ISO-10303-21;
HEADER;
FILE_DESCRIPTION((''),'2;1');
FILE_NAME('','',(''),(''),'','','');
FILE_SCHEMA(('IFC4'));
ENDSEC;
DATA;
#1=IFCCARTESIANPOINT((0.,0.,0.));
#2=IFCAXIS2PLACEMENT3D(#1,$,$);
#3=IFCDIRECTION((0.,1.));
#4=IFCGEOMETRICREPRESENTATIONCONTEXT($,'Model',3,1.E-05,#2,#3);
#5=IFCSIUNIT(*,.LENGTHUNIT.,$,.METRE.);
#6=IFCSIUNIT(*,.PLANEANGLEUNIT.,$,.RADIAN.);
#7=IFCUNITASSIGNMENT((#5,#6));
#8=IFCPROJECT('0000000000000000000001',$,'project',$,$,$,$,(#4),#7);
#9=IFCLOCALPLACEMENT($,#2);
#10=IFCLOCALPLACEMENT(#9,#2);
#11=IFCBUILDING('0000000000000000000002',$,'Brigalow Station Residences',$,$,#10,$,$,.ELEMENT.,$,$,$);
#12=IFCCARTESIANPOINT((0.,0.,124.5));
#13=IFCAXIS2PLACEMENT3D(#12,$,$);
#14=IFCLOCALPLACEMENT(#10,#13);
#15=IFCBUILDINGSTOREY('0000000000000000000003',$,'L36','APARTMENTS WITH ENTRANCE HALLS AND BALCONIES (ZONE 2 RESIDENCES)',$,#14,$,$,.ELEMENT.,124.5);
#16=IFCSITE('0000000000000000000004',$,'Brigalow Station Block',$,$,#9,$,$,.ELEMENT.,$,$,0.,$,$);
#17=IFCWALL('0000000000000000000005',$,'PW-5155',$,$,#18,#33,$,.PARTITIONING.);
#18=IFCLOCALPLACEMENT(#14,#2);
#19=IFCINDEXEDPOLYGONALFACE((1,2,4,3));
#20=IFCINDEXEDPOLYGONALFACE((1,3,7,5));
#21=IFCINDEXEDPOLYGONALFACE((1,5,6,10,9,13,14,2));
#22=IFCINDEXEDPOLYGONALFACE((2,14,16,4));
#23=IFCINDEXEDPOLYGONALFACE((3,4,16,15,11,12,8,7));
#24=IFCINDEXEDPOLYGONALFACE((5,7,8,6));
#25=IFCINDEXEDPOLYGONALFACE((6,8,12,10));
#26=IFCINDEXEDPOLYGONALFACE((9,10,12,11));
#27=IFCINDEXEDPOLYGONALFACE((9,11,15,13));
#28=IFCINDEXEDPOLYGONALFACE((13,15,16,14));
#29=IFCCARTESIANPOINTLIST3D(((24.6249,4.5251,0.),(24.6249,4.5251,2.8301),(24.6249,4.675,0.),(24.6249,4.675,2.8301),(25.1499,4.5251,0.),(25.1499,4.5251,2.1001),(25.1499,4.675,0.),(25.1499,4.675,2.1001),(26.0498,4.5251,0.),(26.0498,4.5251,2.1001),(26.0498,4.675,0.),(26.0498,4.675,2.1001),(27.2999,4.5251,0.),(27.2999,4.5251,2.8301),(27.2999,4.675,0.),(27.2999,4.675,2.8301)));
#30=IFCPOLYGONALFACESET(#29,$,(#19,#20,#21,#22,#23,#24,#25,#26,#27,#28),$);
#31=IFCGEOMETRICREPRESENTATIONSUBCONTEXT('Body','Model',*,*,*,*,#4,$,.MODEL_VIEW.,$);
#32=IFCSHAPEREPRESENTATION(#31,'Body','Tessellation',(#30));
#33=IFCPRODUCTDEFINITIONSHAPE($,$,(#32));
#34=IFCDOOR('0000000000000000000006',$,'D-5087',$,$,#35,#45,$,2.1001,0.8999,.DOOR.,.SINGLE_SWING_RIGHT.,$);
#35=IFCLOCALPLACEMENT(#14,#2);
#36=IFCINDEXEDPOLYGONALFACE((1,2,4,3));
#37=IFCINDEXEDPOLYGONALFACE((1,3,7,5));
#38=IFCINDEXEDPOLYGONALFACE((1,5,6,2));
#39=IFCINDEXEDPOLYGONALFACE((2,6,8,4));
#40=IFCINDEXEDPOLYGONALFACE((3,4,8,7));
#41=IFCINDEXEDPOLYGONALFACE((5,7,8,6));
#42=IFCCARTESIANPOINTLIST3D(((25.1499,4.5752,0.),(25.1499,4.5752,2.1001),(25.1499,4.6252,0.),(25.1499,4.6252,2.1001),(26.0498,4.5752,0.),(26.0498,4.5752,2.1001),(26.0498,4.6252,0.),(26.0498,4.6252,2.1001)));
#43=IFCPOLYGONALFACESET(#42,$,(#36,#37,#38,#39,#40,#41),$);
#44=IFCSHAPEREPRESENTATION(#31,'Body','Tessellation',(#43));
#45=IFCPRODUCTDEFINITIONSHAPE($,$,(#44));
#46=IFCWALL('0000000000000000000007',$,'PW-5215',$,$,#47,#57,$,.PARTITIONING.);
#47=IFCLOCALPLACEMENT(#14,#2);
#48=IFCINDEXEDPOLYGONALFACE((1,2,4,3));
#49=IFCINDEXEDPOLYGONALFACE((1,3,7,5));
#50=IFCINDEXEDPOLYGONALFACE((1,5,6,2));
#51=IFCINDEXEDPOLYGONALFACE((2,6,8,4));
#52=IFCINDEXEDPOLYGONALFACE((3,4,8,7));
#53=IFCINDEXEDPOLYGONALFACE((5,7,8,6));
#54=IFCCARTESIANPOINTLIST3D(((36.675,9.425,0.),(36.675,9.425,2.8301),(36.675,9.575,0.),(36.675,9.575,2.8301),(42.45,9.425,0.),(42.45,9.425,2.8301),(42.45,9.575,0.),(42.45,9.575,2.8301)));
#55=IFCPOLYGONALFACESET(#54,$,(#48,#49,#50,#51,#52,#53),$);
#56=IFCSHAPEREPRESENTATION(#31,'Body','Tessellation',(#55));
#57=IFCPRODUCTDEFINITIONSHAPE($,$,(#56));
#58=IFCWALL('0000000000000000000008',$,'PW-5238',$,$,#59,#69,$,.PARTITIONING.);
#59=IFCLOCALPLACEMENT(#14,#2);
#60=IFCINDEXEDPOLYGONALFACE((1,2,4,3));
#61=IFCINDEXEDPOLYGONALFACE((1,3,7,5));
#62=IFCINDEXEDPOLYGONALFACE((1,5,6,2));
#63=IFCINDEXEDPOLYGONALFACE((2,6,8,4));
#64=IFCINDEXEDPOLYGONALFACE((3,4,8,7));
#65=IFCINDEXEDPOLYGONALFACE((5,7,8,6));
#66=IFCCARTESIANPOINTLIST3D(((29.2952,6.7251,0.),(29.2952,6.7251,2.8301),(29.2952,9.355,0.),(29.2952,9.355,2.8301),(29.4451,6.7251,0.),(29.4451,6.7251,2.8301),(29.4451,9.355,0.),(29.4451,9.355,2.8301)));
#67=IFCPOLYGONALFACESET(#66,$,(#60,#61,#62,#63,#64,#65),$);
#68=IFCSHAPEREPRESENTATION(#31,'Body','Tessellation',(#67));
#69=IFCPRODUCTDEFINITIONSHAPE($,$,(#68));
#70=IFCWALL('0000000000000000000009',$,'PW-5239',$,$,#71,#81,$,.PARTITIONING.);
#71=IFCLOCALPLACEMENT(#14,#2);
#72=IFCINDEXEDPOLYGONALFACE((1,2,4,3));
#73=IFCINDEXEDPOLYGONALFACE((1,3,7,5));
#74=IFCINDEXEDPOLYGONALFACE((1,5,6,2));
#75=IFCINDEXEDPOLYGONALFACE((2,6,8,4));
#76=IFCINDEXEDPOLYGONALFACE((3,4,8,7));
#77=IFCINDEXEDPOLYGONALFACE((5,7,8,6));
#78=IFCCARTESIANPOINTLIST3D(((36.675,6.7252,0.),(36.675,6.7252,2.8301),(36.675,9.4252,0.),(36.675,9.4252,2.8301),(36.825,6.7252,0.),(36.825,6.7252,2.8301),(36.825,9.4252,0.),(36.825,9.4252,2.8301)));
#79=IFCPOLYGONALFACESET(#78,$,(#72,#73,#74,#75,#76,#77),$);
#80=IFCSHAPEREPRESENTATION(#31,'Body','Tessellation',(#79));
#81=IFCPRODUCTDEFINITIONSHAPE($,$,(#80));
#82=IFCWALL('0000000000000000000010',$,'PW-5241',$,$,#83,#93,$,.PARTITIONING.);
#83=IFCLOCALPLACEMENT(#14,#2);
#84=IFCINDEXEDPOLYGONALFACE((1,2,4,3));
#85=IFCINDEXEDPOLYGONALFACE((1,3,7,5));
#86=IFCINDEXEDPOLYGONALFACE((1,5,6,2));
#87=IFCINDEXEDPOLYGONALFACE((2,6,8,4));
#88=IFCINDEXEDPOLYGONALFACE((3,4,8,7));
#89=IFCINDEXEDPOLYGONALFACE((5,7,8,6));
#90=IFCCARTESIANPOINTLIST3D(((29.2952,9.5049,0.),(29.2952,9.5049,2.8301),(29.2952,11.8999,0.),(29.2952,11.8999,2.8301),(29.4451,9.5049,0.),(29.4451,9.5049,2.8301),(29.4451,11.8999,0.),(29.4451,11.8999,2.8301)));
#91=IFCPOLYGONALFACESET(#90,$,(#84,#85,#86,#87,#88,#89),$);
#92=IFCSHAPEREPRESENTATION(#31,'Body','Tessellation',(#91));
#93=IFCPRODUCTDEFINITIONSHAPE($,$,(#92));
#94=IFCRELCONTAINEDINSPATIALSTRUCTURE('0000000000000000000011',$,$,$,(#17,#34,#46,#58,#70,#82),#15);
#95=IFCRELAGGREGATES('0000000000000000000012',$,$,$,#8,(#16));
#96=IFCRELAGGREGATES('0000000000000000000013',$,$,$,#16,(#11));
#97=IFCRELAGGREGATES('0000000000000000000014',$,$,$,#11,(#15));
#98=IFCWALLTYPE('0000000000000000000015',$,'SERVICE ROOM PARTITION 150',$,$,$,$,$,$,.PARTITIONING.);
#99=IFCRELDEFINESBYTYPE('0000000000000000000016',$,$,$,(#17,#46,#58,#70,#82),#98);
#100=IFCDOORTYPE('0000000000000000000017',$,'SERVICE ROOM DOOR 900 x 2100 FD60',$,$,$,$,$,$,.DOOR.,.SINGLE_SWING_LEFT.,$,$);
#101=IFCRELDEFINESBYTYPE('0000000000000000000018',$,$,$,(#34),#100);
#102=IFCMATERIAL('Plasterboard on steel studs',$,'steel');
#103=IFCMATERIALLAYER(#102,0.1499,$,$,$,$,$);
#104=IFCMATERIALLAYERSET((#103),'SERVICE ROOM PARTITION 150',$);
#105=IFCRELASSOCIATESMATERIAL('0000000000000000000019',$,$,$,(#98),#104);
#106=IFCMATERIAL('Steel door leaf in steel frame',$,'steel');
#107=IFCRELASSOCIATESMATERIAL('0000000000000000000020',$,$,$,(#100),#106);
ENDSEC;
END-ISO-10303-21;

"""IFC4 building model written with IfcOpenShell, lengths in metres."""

from ifc_helpers import new_model, si_unit, direction, frame, frame_2d, origin, place, context, subcontext, project, spatial, rectangle, extrude, material, layer, layer_set, type_object, element, fill, save


model = new_model("IFC4")

# Units and contexts
model_context = context("Model", 3, precision=1e-05, world=origin(), true_north=direction((0.0, 1.0)))
body_context = subcontext(model_context, "Body", "Model", "MODEL_VIEW")
ifc_project = project(units=[si_unit("LENGTHUNIT", "METRE"), si_unit("PLANEANGLEUNIT", "RADIAN")], contexts=[model_context])

# Site, building, storey
site_placement = place(None, origin())
site = spatial("IfcSite", under=ifc_project, at=site_placement, Name="Brigalow Station Block", CompositionType="ELEMENT", RefElevation=0.0)
building_placement = place(site_placement, origin())
building = spatial("IfcBuilding", under=site, at=building_placement, Name="Brigalow Station Residences", CompositionType="ELEMENT")
storey_placement = place(building_placement, frame((0.0, 0.0, 124.5)))
storey = spatial("IfcBuildingStorey", under=building, at=storey_placement, Name="L36", Description="APARTMENTS WITH ENTRANCE HALLS AND BALCONIES (ZONE 2 RESIDENCES)", CompositionType="ELEMENT", Elevation=124.5)

# Wall, opening, door
ifc_material_1 = material(Name="Plasterboard on steel studs", Category="steel")
ifc_layer_1 = layer(ifc_material_1, 0.1499)
ifc_layer_set_1 = layer_set([ifc_layer_1], Name="SERVICE ROOM PARTITION 150")
wall_type_1 = type_object("IfcWallType", Name="SERVICE ROOM PARTITION 150", PredefinedType="PARTITIONING", material=ifc_layer_set_1)
wall_1_placement = place(storey_placement, frame((24.625, 4.6001, 0.0), z_axis=(0.0, 0.0, 1.0), x_axis=(1.0, 0.0, 0.0)))
wall_1 = element("IfcWall", 1, at=wall_1_placement, inside=storey, type_object=wall_type_1, Name="PW-5155", PredefinedType="PARTITIONING", context=body_context, shape_type="SweptSolid", body=[
    extrude(rectangle(XDim=2.675, YDim=0.1499, at=frame_2d((1.3374, 0.0))), origin(), (0.0, 0.0, 1.0), 2.8301),
])
opening_1_placement = place(wall_1_placement, frame((0.5249, 0.0, 0.0)))
opening_1 = element("IfcOpeningElement", 2, at=opening_1_placement, cuts=wall_1, PredefinedType="OPENING", context=body_context, shape_type="SweptSolid", body=[
    extrude(rectangle(XDim=0.8999, YDim=2.1001, at=frame_2d((0.45, 1.05))), frame((0.0, 0.085, 0.0), z_axis=(0.0, -1.0, 0.0), x_axis=(1.0, 0.0, 0.0)), (0.0, 0.0, 1.0), 0.1699),
])
ifc_material_2 = material(Name="Steel door leaf in steel frame", Category="steel")
door_type_1 = type_object("IfcDoorType", Name="SERVICE ROOM DOOR 900 x 2100 FD60", OperationType="SINGLE_SWING_LEFT", PredefinedType="DOOR", material=ifc_material_2)
door_1_placement = place(opening_1_placement, frame((0.8999, 0.0, 0.0), z_axis=(0.0, 0.0, 1.0), x_axis=(-1.0, 0.0, 0.0)))
door_1 = element("IfcDoor", 3, at=door_1_placement, inside=storey, type_object=door_type_1, Name="D-5087", OperationType="SINGLE_SWING_RIGHT", OverallHeight=2.1001, OverallWidth=0.8999, PredefinedType="DOOR", context=body_context, shape_type="SweptSolid", body=[
    extrude(rectangle(XDim=0.8999, YDim=2.1001, at=frame_2d((0.45, 1.05))), frame((0.0, 0.0249, 0.0), z_axis=(0.0, -1.0, 0.0), x_axis=(1.0, 0.0, 0.0)), (0.0, 0.0, 1.0), 0.05),
])
fill(opening_1, door_1)

# Walls
wall_2_placement = place(storey_placement, frame((36.675, 9.5, 0.0), z_axis=(0.0, 0.0, 1.0), x_axis=(1.0, 0.0, 0.0)))
element("IfcWall", 4, at=wall_2_placement, inside=storey, type_object=wall_type_1, Name="PW-5215", PredefinedType="PARTITIONING", context=body_context, shape_type="SweptSolid", body=[
    extrude(rectangle(XDim=5.7749, YDim=0.1499, at=frame_2d((2.8875, 0.0))), origin(), (0.0, 0.0, 1.0), 2.8301),
])
wall_3_placement = place(storey_placement, frame((29.3701, 6.7251, 0.0), z_axis=(0.0, 0.0, 1.0), x_axis=(0.0, 1.0, 0.0)))
element("IfcWall", 5, at=wall_3_placement, inside=storey, type_object=wall_type_1, Name="PW-5238", PredefinedType="PARTITIONING", context=body_context, shape_type="SweptSolid", body=[
    extrude(rectangle(XDim=2.6299, YDim=0.1499, at=frame_2d((1.3149, 0.0))), origin(), (0.0, 0.0, 1.0), 2.8301),
])
wall_4_placement = place(storey_placement, frame((36.75, 6.7251, 0.0), z_axis=(0.0, 0.0, 1.0), x_axis=(0.0, 1.0, 0.0)))
element("IfcWall", 6, at=wall_4_placement, inside=storey, type_object=wall_type_1, Name="PW-5239", PredefinedType="PARTITIONING", context=body_context, shape_type="SweptSolid", body=[
    extrude(rectangle(XDim=2.7, YDim=0.1499, at=frame_2d((1.3501, 0.0))), origin(), (0.0, 0.0, 1.0), 2.8301),
])
wall_5_placement = place(storey_placement, frame((29.3701, 9.5049, 0.0), z_axis=(0.0, 0.0, 1.0), x_axis=(0.0, 1.0, 0.0)))
element("IfcWall", 7, at=wall_5_placement, inside=storey, type_object=wall_type_1, Name="PW-5241", PredefinedType="PARTITIONING", context=body_context, shape_type="SweptSolid", body=[
    extrude(rectangle(XDim=2.395, YDim=0.1499, at=frame_2d((1.1975, 0.0))), origin(), (0.0, 0.0, 1.0), 2.8301),
])

save(model, "model.ifc")
